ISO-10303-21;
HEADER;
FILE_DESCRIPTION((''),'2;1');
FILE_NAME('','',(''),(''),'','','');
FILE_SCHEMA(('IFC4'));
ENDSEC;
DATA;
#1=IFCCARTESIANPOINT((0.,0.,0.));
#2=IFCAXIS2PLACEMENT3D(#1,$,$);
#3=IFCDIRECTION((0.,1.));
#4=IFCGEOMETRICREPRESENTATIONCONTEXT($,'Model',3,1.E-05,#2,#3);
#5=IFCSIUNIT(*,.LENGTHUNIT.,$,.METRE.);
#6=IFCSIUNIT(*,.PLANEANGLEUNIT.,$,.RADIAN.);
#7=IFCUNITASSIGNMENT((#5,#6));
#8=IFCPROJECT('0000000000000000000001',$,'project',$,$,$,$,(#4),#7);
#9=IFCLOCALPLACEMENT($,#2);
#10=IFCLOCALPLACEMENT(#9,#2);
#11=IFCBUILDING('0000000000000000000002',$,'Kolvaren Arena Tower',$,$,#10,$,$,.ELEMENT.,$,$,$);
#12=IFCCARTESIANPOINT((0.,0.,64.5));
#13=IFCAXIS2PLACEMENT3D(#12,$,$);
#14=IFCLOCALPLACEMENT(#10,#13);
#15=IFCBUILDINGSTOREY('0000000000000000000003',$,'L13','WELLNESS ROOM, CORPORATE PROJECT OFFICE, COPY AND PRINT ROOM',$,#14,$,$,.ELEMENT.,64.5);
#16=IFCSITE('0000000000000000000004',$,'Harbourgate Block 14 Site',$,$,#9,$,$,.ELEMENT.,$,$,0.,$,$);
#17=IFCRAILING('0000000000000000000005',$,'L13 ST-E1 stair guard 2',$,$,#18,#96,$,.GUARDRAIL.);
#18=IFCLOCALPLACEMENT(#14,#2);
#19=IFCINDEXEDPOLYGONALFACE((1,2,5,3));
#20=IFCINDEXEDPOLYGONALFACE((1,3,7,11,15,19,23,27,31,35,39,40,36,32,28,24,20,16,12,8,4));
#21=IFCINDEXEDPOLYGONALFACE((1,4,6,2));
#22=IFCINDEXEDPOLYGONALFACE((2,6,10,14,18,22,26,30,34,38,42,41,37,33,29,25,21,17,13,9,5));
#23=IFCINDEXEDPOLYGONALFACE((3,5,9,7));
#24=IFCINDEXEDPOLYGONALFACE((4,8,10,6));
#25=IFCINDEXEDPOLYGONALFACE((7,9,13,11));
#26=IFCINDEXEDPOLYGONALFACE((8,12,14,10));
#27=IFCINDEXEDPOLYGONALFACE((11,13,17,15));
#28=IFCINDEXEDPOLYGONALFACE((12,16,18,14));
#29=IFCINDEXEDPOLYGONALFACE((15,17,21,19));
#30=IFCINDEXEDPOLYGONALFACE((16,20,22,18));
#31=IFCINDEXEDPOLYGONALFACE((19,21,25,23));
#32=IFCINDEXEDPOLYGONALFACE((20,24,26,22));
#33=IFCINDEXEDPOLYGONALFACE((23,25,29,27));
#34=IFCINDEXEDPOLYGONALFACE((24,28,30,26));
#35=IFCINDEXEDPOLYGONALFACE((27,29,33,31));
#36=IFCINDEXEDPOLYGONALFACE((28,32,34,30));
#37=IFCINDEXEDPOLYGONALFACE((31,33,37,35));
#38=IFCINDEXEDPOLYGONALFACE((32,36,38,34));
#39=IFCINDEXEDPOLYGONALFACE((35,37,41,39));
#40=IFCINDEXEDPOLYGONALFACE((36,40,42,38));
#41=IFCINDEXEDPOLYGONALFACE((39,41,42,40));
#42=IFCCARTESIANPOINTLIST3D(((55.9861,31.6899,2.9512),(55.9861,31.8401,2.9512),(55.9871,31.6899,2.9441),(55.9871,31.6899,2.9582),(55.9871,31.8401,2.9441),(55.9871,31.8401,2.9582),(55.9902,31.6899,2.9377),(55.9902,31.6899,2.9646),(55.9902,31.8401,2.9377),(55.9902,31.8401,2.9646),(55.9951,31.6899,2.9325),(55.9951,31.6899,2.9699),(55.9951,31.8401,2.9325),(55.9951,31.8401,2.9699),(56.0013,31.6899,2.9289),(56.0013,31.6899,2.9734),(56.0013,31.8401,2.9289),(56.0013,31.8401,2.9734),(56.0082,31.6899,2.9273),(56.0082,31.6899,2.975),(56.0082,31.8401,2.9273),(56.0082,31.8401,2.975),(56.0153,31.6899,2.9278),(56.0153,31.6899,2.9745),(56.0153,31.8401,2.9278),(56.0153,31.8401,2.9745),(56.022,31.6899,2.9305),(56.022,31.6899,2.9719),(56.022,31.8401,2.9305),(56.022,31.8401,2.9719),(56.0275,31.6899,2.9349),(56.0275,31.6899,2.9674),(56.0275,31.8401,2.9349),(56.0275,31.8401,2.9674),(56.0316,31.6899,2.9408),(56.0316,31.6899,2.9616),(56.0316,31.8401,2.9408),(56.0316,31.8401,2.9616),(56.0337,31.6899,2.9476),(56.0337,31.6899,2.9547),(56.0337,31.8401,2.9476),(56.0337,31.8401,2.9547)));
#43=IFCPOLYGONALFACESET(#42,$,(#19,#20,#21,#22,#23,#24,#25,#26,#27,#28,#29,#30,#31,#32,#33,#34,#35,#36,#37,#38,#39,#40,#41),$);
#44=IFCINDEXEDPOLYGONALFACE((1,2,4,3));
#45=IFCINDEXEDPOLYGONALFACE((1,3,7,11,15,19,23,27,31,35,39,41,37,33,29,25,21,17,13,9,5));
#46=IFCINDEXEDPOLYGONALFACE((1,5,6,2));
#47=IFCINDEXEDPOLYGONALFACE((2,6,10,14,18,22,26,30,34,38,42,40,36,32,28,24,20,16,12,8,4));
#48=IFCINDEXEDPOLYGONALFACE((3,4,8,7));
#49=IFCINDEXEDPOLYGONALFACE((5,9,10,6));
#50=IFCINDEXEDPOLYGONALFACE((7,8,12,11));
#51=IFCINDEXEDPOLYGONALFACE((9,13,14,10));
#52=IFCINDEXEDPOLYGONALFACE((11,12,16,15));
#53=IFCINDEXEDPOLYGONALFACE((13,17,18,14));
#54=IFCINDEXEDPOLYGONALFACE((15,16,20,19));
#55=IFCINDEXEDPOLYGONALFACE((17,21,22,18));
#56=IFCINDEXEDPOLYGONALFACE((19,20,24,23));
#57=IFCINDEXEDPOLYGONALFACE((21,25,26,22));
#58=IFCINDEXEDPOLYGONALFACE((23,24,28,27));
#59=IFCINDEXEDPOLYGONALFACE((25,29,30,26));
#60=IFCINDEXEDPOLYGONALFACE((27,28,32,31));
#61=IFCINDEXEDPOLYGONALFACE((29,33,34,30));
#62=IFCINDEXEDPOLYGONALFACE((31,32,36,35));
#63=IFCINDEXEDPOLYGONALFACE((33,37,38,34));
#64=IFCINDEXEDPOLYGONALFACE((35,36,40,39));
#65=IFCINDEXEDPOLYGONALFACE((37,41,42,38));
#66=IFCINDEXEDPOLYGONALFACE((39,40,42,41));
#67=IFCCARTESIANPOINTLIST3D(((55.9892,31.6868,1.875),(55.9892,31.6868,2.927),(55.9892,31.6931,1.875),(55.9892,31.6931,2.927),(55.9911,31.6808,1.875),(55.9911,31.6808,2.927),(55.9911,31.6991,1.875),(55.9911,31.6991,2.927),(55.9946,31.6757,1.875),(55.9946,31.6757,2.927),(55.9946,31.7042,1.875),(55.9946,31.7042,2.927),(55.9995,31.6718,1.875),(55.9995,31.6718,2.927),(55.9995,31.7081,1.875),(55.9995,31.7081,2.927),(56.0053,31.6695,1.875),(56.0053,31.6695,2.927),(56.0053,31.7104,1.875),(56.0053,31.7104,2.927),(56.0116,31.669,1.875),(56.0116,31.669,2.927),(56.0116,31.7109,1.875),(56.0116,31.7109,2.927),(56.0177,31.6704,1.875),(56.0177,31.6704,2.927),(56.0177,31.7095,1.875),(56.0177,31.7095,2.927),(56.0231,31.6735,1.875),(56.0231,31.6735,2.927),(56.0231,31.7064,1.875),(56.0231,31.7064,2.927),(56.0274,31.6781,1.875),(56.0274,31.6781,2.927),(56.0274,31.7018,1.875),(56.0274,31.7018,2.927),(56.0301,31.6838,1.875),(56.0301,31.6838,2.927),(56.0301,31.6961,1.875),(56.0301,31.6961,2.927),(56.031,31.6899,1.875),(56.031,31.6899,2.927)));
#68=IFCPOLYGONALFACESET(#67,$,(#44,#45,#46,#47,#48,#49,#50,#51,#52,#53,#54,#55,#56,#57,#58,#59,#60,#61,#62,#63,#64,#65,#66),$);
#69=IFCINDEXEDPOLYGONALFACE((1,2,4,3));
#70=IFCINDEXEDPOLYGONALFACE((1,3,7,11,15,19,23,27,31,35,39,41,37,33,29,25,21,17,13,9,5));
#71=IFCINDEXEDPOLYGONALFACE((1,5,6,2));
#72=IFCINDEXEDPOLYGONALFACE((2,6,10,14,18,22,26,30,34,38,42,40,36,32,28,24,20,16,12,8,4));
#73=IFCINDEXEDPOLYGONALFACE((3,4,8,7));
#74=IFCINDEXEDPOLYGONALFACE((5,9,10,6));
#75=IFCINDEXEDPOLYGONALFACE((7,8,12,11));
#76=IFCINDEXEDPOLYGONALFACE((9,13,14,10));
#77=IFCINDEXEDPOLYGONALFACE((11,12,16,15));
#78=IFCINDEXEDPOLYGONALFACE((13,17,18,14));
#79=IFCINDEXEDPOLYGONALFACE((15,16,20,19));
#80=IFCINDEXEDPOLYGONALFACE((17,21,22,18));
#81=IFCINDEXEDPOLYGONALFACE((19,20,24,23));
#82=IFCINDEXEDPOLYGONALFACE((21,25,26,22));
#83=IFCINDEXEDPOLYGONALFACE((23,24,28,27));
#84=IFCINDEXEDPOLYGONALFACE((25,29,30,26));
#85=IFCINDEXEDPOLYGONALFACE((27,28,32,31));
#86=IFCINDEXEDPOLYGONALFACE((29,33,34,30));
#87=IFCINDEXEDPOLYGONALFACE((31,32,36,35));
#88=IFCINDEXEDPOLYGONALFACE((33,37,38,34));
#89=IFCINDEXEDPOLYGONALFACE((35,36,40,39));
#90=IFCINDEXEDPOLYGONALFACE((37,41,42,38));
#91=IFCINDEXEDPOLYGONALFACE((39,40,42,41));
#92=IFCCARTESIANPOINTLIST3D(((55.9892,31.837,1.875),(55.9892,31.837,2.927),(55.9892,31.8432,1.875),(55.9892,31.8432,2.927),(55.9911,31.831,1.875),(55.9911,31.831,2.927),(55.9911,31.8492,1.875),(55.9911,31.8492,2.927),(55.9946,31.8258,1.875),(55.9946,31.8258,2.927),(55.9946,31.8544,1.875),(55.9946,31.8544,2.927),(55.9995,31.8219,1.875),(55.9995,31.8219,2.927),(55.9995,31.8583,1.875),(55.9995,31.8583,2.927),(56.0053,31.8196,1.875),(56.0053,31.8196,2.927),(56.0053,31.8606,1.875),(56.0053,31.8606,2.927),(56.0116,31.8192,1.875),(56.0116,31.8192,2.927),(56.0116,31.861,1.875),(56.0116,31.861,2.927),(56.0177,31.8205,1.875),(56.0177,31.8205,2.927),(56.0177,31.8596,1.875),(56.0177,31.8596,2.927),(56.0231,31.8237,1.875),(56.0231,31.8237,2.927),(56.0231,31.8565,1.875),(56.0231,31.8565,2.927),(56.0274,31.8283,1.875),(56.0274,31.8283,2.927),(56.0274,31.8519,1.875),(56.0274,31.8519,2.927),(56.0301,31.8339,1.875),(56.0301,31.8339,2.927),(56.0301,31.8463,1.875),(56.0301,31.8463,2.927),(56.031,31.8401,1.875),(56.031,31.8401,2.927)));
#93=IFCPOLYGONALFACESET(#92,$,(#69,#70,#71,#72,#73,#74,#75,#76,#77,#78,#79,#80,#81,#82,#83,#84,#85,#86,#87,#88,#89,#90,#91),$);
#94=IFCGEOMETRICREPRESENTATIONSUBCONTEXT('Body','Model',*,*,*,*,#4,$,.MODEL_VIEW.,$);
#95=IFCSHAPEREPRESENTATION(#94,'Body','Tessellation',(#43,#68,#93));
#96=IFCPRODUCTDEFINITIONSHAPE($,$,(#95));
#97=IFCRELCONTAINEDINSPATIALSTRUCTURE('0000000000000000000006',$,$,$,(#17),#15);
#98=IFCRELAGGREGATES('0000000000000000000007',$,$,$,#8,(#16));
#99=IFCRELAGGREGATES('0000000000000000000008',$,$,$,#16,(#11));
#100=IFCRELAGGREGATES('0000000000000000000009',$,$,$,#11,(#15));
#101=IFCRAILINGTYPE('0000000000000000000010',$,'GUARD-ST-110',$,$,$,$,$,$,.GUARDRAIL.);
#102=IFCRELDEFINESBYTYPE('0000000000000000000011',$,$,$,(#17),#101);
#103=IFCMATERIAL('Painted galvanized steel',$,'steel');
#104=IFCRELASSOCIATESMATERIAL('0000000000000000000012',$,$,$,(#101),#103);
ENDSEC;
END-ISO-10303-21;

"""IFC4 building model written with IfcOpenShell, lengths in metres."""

from ifc_helpers import new_model, si_unit, direction, frame, origin, origin_2d, place, context, subcontext, project, spatial, circle, extrude, material, type_object, element, save


model = new_model("IFC4")

# Units and contexts
model_context = context("Model", 3, precision=1e-05, world=origin(), true_north=direction((0.0, 1.0)))
body_context = subcontext(model_context, "Body", "Model", "MODEL_VIEW")
ifc_project = project(units=[si_unit("LENGTHUNIT", "METRE"), si_unit("PLANEANGLEUNIT", "RADIAN")], contexts=[model_context])

# Site, building, storey
site_placement = place(None, origin())
site = spatial("IfcSite", under=ifc_project, at=site_placement, Name="Harbourgate Block 14 Site", CompositionType="ELEMENT", RefElevation=0.0)
building_placement = place(site_placement, origin())
building = spatial("IfcBuilding", under=site, at=building_placement, Name="Kolvaren Arena Tower", CompositionType="ELEMENT")
storey_placement = place(building_placement, frame((0.0, 0.0, 64.5)))
storey = spatial("IfcBuildingStorey", under=building, at=storey_placement, Name="L13", Description="WELLNESS ROOM, CORPORATE PROJECT OFFICE, COPY AND PRINT ROOM", CompositionType="ELEMENT", Elevation=64.5)

# Railing
ifc_material_1 = material(Name="Painted galvanized steel", Category="steel")
railing_type_1 = type_object("IfcRailingType", Name="GUARD-ST-110", PredefinedType="GUARDRAIL", material=ifc_material_1)
railing_1_placement = place(storey_placement, frame((56.01, 31.6899, 1.875)))
element("IfcRailing", 1, at=railing_1_placement, inside=storey, type_object=railing_type_1, Name="L13 ST-E1 stair guard 2", PredefinedType="GUARDRAIL", context=body_context, shape_type="SweptSolid", body=[
    extrude(circle(Radius=0.0239, at=origin_2d()), frame((0.0, 0.0, 1.0762), z_axis=(0.0, 1.0, 0.0), x_axis=(-1.0, 0.0, 0.0)), (0.0, 0.0, 1.0), 0.1501),
    extrude(circle(Radius=0.021, at=origin_2d()), origin(), (0.0, 0.0, 1.0), 1.052),
    extrude(circle(Radius=0.021, at=origin_2d()), frame((0.0, 0.1501, 0.0)), (0.0, 0.0, 1.0), 1.052),
])

save(model, "model.ifc")
